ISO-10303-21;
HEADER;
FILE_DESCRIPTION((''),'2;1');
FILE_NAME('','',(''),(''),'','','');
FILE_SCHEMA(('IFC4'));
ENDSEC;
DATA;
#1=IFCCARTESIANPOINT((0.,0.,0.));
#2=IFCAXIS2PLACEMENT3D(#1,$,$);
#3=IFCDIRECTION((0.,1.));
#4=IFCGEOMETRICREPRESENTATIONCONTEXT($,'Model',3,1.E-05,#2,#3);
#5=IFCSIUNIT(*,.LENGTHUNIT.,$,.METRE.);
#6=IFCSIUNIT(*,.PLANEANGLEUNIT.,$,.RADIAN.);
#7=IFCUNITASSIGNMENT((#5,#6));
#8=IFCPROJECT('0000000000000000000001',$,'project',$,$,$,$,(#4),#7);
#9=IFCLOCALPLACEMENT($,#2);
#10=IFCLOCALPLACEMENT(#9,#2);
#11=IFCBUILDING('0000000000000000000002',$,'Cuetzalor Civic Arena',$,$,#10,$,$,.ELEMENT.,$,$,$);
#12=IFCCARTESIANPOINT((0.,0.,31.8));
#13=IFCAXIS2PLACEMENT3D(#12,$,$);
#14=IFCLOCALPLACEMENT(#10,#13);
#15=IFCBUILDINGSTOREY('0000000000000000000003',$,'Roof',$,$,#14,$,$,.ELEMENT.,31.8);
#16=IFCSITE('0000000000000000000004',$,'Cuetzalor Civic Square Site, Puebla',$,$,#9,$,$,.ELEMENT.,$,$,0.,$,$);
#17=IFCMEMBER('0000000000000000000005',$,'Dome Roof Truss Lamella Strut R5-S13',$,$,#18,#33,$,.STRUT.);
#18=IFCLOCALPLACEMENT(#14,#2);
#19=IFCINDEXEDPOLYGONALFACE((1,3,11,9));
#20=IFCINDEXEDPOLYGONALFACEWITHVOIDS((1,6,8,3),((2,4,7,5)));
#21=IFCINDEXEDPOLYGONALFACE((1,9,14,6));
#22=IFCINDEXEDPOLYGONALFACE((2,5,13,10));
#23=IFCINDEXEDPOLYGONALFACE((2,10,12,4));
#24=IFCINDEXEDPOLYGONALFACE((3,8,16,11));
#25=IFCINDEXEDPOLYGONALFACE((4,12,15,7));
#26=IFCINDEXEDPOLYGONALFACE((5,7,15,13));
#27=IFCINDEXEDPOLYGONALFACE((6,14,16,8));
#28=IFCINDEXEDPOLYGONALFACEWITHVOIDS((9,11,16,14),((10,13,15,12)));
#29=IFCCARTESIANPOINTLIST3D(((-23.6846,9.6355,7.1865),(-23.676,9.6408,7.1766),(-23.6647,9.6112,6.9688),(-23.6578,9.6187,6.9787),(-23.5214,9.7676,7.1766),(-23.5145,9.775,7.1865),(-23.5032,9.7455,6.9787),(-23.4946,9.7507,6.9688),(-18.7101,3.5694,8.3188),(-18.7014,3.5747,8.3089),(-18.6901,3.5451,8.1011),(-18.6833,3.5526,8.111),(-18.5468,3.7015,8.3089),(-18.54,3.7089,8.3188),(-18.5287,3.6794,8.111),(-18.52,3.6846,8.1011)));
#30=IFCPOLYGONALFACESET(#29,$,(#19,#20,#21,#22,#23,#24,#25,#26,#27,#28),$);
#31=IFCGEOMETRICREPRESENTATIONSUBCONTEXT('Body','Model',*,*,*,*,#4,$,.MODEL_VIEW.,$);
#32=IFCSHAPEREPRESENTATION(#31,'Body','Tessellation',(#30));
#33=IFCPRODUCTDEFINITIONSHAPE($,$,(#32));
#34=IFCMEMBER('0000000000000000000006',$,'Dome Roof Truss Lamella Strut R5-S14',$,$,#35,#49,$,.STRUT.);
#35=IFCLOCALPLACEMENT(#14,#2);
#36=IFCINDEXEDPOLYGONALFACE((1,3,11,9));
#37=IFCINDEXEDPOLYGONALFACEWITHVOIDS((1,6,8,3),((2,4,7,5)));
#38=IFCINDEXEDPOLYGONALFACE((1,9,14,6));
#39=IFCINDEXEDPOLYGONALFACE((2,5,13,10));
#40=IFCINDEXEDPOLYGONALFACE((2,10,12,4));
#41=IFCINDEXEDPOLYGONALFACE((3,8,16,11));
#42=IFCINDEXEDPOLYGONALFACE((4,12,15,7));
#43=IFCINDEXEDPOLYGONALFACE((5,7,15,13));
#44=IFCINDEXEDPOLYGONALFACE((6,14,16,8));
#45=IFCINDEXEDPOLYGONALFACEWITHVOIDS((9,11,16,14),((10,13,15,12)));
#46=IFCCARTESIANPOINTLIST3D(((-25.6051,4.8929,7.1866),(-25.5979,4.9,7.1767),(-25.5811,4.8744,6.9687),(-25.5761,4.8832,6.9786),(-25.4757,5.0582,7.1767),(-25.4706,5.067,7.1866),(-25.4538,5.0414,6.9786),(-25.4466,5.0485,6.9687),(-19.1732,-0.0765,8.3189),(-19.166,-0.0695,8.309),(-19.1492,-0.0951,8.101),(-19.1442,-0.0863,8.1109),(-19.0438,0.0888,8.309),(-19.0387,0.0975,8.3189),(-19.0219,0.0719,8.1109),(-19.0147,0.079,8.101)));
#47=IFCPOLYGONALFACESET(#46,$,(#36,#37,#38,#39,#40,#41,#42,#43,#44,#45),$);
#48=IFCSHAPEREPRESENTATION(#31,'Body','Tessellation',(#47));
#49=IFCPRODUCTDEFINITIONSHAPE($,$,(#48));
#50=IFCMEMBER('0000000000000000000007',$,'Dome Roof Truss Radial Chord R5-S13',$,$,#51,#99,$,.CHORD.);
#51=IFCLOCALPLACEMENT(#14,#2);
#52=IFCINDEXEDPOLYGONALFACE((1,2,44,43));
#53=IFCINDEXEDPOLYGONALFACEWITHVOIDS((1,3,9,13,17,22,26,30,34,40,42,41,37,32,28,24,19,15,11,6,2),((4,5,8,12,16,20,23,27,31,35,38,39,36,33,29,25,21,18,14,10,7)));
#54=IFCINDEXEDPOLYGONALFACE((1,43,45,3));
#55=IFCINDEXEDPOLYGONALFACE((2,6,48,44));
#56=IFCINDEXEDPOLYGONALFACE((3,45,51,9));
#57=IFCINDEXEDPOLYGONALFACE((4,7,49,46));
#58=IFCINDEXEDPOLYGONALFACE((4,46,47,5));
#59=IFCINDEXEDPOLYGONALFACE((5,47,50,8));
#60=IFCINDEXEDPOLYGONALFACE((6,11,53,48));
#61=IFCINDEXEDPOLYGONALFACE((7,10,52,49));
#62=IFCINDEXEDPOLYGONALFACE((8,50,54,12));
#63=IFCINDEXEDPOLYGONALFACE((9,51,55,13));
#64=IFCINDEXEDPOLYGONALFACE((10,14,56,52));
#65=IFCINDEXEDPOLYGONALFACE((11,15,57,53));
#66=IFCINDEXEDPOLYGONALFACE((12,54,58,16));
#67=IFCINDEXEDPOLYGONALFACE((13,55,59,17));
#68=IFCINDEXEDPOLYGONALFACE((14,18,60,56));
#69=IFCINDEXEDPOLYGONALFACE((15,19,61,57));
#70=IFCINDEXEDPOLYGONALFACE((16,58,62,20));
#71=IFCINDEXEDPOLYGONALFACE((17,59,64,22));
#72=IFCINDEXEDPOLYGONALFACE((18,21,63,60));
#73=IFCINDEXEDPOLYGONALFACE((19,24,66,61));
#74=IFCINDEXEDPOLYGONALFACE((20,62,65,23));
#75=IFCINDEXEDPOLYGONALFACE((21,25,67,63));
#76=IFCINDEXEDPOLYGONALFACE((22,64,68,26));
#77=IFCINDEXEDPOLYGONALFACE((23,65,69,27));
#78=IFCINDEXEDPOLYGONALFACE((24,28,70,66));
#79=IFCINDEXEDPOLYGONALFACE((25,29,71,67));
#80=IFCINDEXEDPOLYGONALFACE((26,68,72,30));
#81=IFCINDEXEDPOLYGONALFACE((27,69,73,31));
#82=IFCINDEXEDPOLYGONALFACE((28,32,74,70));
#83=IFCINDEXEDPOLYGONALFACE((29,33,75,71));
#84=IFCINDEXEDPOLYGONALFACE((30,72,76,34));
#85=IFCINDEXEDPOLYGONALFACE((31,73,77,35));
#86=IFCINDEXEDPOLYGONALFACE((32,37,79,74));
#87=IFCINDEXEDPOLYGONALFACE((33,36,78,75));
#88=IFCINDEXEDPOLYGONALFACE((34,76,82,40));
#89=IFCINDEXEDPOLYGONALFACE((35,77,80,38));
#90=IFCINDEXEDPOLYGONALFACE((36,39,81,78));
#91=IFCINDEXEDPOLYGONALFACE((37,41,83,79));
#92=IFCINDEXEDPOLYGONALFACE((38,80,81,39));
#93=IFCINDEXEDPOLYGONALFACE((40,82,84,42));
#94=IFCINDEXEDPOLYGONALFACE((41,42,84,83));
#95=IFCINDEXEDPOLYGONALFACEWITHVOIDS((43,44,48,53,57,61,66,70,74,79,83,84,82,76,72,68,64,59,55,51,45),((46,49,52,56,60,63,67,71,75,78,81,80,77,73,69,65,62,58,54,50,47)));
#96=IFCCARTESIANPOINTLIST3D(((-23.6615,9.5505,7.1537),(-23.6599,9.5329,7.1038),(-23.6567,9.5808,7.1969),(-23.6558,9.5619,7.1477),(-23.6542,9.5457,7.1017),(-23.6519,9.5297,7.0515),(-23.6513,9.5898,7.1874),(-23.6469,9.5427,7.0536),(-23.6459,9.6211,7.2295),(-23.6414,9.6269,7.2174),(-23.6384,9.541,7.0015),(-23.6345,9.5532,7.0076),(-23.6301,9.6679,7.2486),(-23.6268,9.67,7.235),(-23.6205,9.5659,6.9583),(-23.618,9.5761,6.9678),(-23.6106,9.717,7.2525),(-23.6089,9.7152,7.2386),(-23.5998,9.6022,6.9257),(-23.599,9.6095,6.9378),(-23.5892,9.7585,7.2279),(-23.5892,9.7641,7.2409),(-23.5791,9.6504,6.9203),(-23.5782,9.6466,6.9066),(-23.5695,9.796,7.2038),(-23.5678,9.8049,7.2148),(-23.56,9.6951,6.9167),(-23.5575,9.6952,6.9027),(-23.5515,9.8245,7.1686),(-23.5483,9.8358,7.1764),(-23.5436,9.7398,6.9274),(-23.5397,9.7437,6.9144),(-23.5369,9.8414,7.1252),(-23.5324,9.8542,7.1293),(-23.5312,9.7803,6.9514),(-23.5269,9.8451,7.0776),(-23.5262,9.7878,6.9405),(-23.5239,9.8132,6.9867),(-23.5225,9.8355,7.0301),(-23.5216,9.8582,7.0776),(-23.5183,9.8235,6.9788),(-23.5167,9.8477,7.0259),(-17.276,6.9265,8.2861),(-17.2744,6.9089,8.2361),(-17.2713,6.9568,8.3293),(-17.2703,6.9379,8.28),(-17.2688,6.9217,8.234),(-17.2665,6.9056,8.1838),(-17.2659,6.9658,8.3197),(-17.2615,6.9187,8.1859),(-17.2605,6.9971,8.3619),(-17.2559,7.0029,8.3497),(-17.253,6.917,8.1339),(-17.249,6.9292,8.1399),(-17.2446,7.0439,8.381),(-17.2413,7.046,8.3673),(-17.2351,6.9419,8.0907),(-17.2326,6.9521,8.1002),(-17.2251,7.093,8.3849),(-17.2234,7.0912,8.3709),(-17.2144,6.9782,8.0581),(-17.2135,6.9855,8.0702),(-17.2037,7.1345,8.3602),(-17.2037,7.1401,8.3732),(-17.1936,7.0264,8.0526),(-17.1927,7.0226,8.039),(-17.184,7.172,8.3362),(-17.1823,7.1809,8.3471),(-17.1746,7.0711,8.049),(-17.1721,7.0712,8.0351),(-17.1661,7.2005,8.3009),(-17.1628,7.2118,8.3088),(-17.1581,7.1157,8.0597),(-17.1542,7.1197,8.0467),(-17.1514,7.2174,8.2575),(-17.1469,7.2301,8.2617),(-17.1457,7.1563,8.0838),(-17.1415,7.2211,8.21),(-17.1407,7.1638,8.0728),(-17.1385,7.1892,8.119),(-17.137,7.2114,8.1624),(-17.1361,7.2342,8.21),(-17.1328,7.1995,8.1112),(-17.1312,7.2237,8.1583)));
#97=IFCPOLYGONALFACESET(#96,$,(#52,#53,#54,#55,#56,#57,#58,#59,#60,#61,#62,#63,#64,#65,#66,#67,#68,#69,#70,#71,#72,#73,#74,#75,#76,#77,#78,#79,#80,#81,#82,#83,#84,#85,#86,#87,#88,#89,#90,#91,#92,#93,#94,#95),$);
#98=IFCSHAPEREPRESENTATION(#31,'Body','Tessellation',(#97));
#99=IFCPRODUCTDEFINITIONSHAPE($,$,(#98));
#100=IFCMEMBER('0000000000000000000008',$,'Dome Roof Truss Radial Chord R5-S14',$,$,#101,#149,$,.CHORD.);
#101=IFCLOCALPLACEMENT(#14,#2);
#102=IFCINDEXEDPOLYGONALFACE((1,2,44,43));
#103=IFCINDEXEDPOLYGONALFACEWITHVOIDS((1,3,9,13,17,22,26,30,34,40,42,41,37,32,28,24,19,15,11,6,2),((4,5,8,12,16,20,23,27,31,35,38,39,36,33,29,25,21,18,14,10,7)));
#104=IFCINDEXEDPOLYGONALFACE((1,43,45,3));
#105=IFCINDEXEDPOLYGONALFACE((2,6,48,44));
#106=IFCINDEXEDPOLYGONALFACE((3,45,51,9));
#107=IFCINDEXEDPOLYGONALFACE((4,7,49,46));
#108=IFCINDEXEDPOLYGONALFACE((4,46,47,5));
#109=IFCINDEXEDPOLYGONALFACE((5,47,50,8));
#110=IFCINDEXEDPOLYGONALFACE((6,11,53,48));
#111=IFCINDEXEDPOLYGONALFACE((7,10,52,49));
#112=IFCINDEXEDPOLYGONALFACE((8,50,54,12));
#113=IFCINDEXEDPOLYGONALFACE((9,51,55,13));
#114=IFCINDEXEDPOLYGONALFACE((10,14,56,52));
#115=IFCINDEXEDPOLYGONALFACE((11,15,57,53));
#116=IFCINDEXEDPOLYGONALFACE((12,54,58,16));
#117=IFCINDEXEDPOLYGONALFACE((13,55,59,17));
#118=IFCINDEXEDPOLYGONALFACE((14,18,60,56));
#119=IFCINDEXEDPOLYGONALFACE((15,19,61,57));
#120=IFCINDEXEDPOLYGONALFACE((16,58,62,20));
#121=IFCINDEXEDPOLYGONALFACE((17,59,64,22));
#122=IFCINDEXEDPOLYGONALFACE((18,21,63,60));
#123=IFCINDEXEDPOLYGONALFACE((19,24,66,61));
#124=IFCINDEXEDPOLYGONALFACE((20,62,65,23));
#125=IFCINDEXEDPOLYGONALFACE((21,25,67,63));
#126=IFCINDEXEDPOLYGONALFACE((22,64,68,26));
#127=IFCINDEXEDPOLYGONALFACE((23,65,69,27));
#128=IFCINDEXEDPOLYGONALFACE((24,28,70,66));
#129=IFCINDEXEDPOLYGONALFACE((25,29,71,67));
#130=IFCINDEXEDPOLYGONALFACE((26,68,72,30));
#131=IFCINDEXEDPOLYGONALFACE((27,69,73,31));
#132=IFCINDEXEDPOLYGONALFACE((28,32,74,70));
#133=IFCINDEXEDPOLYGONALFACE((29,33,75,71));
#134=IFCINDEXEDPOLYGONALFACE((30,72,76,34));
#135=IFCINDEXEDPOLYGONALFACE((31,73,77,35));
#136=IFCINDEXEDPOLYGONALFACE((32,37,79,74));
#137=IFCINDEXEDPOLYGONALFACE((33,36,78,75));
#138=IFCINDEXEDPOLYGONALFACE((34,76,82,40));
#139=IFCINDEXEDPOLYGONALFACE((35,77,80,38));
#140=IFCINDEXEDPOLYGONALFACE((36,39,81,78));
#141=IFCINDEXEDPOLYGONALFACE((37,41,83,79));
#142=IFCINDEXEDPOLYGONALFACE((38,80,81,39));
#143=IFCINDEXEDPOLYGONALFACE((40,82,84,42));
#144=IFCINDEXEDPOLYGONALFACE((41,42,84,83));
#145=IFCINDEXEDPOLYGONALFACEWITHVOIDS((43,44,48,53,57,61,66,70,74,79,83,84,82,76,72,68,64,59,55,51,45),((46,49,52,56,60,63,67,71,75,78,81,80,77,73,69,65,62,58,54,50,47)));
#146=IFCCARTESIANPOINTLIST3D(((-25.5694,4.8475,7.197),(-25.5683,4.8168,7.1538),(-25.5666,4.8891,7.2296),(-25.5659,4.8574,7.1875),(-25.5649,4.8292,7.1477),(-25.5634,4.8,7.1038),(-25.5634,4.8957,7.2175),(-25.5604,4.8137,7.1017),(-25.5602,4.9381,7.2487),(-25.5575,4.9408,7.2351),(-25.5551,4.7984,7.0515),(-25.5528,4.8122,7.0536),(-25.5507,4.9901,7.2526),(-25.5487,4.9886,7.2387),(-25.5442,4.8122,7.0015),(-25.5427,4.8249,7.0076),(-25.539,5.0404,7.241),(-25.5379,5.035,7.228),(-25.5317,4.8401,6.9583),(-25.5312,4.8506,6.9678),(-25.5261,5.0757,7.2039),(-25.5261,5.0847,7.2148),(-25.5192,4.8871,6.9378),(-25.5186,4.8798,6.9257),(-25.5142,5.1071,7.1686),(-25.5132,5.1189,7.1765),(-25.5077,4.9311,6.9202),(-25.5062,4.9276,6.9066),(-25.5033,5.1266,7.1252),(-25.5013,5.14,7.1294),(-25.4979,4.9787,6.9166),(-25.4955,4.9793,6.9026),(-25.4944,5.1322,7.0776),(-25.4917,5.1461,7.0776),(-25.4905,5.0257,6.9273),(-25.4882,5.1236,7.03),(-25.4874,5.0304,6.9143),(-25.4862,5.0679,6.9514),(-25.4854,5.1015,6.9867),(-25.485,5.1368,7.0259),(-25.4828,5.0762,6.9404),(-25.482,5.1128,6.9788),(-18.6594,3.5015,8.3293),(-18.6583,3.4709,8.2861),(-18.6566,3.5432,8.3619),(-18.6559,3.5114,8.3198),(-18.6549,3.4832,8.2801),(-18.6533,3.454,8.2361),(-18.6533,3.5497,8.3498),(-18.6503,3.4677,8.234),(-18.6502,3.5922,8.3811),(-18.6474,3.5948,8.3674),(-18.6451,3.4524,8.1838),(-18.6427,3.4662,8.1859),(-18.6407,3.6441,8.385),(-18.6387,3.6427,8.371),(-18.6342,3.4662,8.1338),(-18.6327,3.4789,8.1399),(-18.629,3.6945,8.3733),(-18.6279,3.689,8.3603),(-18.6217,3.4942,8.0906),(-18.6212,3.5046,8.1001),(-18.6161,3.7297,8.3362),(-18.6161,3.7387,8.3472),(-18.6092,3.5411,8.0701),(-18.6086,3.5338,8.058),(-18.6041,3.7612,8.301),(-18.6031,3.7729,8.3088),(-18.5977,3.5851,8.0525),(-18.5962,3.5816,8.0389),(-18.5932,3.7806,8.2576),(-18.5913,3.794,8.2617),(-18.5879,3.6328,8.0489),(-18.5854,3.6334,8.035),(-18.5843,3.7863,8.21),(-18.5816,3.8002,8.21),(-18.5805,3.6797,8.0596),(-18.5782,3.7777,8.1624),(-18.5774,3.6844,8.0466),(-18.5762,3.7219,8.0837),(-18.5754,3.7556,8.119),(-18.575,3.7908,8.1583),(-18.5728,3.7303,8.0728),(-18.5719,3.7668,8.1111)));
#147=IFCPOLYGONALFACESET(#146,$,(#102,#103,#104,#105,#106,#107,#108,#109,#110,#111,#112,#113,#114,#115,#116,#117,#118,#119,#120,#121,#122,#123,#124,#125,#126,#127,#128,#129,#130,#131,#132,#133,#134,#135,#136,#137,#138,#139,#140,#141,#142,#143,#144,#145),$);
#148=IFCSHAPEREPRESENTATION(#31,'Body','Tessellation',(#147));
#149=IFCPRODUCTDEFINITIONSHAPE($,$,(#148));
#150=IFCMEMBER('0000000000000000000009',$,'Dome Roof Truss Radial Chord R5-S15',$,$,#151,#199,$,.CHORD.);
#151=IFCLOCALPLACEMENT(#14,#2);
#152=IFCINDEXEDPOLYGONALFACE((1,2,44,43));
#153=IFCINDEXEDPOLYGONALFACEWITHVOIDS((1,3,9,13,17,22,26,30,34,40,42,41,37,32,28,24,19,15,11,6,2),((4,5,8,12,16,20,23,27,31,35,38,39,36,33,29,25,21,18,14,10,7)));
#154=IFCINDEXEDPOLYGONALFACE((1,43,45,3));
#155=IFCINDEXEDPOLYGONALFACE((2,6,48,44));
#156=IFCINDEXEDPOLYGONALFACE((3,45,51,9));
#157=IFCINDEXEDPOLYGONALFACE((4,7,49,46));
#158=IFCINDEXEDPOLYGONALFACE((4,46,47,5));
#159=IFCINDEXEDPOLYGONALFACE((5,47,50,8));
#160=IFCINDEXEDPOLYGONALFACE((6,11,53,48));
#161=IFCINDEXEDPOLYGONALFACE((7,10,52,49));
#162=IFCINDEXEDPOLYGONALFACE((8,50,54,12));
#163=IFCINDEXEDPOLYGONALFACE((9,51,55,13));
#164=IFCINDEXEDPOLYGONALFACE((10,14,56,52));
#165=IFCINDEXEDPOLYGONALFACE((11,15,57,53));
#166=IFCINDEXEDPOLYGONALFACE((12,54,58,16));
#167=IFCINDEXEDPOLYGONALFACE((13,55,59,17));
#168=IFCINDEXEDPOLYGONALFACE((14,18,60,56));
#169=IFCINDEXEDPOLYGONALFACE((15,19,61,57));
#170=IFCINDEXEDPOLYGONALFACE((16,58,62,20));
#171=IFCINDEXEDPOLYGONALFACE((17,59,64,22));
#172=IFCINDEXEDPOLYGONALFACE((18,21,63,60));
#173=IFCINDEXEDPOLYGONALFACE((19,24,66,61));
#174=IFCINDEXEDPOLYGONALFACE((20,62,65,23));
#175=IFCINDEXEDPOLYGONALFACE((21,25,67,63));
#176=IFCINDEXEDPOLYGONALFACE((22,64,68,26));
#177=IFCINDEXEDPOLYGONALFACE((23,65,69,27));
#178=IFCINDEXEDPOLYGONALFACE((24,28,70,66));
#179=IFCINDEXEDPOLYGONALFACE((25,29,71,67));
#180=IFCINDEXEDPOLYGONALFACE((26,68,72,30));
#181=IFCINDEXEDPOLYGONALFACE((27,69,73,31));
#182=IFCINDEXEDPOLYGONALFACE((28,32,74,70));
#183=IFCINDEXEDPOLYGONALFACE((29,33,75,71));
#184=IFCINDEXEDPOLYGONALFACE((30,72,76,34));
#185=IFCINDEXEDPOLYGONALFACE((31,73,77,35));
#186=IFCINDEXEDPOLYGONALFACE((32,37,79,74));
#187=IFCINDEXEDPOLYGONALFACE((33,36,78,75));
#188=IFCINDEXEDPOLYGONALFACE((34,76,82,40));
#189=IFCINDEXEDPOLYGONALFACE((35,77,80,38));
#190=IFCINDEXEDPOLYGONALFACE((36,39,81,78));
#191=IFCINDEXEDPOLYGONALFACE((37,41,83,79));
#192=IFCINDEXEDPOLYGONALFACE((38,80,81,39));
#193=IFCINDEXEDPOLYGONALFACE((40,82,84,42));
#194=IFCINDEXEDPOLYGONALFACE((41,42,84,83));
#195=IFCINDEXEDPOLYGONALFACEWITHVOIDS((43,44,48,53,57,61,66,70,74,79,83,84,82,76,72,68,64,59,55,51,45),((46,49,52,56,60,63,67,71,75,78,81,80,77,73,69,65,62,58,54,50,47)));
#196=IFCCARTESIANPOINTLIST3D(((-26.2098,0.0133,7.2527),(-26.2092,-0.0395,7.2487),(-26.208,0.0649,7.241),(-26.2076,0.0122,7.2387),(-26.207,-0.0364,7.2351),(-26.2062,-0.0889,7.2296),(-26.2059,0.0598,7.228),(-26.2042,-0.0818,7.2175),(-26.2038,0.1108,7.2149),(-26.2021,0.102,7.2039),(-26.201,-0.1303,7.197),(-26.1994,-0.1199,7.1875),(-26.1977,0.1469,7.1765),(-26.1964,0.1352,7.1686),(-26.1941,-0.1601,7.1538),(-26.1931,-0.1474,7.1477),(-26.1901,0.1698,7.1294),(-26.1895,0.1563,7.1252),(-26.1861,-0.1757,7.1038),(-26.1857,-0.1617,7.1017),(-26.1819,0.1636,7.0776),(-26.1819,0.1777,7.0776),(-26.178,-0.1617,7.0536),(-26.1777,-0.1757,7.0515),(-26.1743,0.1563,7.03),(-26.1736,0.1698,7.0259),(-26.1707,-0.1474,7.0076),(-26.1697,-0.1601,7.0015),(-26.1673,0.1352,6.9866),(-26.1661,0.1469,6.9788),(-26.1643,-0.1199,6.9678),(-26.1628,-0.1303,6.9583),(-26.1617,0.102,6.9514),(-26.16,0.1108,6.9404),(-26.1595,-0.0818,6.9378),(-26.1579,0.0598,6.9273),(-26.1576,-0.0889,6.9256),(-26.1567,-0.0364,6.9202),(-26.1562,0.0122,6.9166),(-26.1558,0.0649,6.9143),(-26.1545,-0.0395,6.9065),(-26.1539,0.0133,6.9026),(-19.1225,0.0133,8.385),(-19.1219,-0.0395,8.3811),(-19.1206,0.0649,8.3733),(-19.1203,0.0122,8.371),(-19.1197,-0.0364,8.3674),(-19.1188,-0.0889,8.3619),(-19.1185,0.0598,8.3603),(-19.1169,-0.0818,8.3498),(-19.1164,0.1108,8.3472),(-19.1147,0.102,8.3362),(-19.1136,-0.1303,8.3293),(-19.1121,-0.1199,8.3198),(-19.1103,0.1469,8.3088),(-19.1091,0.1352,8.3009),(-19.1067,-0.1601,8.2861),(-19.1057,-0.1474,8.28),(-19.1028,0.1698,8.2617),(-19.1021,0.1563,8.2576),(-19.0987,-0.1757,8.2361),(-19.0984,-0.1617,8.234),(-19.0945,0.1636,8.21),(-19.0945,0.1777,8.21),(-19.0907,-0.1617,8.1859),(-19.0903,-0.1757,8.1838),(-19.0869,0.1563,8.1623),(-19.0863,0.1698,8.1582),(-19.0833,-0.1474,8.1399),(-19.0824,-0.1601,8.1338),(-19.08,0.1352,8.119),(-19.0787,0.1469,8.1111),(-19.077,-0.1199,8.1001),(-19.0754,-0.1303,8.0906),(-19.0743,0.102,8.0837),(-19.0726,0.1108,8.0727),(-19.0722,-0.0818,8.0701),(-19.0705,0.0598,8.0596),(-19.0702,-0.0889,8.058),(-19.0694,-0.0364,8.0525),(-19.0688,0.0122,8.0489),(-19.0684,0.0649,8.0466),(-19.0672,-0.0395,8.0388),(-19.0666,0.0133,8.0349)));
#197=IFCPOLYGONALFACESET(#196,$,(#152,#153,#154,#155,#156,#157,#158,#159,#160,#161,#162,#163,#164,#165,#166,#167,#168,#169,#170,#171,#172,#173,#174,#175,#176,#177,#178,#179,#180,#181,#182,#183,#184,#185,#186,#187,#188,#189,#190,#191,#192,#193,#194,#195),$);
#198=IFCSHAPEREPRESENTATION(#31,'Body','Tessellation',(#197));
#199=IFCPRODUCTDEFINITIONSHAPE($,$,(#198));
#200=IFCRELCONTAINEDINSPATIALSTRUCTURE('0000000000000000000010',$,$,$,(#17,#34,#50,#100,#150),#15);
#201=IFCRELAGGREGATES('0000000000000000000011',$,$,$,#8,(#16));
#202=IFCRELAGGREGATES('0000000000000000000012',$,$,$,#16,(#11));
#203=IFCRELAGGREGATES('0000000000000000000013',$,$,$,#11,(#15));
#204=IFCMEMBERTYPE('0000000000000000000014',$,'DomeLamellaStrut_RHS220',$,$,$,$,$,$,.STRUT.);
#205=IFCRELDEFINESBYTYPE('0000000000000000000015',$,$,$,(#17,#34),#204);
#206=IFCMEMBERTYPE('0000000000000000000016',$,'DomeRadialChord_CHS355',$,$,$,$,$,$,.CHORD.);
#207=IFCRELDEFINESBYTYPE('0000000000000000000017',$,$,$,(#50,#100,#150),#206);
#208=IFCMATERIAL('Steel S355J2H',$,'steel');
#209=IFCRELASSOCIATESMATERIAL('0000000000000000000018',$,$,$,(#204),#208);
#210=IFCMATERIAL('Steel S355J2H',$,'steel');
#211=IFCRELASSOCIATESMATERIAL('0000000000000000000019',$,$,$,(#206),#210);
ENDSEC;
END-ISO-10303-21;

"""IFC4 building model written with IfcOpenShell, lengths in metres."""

from ifc_helpers import new_model, si_unit, direction, frame, origin, origin_2d, place, context, subcontext, project, spatial, hollow_rectangle, hollow_circle, extrude, material, material_profile, profile_set, type_object, element, save


model = new_model("IFC4")

# Units and contexts
model_context = context("Model", 3, precision=1e-05, world=origin(), true_north=direction((0.0, 1.0)))
body_context = subcontext(model_context, "Body", "Model", "MODEL_VIEW")
ifc_project = project(units=[si_unit("LENGTHUNIT", "METRE"), si_unit("PLANEANGLEUNIT", "RADIAN")], contexts=[model_context])

# Site, building, storey
site_placement = place(None, origin())
site = spatial("IfcSite", under=ifc_project, at=site_placement, Name="Cuetzalor Civic Square Site, Puebla", CompositionType="ELEMENT", RefElevation=0.0)
building_placement = place(site_placement, origin())
building = spatial("IfcBuilding", under=site, at=building_placement, Name="Cuetzalor Civic Arena", CompositionType="ELEMENT")
storey_placement = place(building_placement, frame((0.0, 0.0, 31.8)))
storey = spatial("IfcBuildingStorey", under=building, at=storey_placement, Name="Roof", CompositionType="ELEMENT", Elevation=31.8)

# Members
ifc_material_1 = material(Name="Steel S355J2H", Category="steel")
ifc_material_profile_1 = material_profile(ifc_material_1, hollow_rectangle(XDim=0.22, YDim=0.22, WallThickness=0.01, at=origin_2d()), Name="RHS 220x220x10")
ifc_profile_set_1 = profile_set([ifc_material_profile_1], Name="Steel S355J2H")
member_type_1 = type_object("IfcMemberType", Name="DomeLamellaStrut_RHS220", PredefinedType="STRUT", material=ifc_profile_set_1)
member_1_placement = place(storey_placement, frame((-23.5896, 9.6931, 7.0776), z_axis=(0.627603, -0.765315, 0.142855), x_axis=(0.773246, 0.634107, 0.0)))
element("IfcMember", 1, at=member_1_placement, inside=storey, type_object=member_type_1, Name="Dome Roof Truss Lamella Strut R5-S13", PredefinedType="STRUT", context=body_context, shape_type="SweptSolid", body=[
    extrude(hollow_rectangle(XDim=0.22, YDim=0.22, WallThickness=0.01, at=origin_2d()), origin(), (0.0, 0.0, 1.0), 7.9263),
])
member_2_placement = place(storey_placement, frame((-25.5259, 4.9707, 7.0776), z_axis=(0.783753, -0.605553, 0.137979), x_axis=(0.6114, 0.791321, 0.0)))
element("IfcMember", 2, at=member_2_placement, inside=storey, type_object=member_type_1, Name="Dome Roof Truss Lamella Strut R5-S14", PredefinedType="STRUT", context=body_context, shape_type="SweptSolid", body=[
    extrude(hollow_rectangle(XDim=0.22, YDim=0.22, WallThickness=0.01, at=origin_2d()), origin(), (0.0, 0.0, 1.0), 8.2065),
])
ifc_material_2 = material(Name="Steel S355J2H", Category="steel")
ifc_material_profile_2 = material_profile(ifc_material_2, hollow_circle(Radius=0.1777, WallThickness=0.0142, at=origin_2d()), Name="CHS 355.6x14.2")
ifc_profile_set_2 = profile_set([ifc_material_profile_2], Name="Steel S355J2H")
member_type_2 = type_object("IfcMemberType", Name="DomeRadialChord_CHS355", PredefinedType="CHORD", material=ifc_profile_set_2)
member_3_placement = place(storey_placement, frame((-23.5891, 9.6938, 7.0776), z_axis=(0.912752, -0.375082, 0.161856), x_axis=(0.380093, 0.924948, 0.0)))
element("IfcMember", 3, at=member_3_placement, inside=storey, type_object=member_type_2, Name="Dome Roof Truss Radial Chord R5-S13", PredefinedType="CHORD", context=body_context, shape_type="SweptSolid", body=[
    extrude(hollow_circle(Radius=0.1777, WallThickness=0.0142, at=origin_2d()), origin(), (0.0, 0.0, 1.0), 6.9958),
])
member_4_placement = place(storey_placement, frame((-25.5256, 4.9717, 7.0776), z_axis=(0.969097, -0.188766, 0.158805), x_axis=(0.191192, 0.981553, 0.0)))
element("IfcMember", 4, at=member_4_placement, inside=storey, type_object=member_type_2, Name="Dome Roof Truss Radial Chord R5-S14", PredefinedType="CHORD", context=body_context, shape_type="SweptSolid", body=[
    extrude(hollow_circle(Radius=0.1777, WallThickness=0.0142, at=origin_2d()), origin(), (0.0, 0.0, 1.0), 7.1304),
])
member_5_placement = place(storey_placement, frame((-26.1819, 0.0, 7.0776), z_axis=(0.987477, 0.0, 0.157765), x_axis=(0.0, 1.0, 0.0)))
element("IfcMember", 5, at=member_5_placement, inside=storey, type_object=member_type_2, Name="Dome Roof Truss Radial Chord R5-S15", PredefinedType="CHORD", context=body_context, shape_type="SweptSolid", body=[
    extrude(hollow_circle(Radius=0.1777, WallThickness=0.0142, at=origin_2d()), origin(), (0.0, 0.0, 1.0), 7.1772),
])

save(model, "model.ifc")
